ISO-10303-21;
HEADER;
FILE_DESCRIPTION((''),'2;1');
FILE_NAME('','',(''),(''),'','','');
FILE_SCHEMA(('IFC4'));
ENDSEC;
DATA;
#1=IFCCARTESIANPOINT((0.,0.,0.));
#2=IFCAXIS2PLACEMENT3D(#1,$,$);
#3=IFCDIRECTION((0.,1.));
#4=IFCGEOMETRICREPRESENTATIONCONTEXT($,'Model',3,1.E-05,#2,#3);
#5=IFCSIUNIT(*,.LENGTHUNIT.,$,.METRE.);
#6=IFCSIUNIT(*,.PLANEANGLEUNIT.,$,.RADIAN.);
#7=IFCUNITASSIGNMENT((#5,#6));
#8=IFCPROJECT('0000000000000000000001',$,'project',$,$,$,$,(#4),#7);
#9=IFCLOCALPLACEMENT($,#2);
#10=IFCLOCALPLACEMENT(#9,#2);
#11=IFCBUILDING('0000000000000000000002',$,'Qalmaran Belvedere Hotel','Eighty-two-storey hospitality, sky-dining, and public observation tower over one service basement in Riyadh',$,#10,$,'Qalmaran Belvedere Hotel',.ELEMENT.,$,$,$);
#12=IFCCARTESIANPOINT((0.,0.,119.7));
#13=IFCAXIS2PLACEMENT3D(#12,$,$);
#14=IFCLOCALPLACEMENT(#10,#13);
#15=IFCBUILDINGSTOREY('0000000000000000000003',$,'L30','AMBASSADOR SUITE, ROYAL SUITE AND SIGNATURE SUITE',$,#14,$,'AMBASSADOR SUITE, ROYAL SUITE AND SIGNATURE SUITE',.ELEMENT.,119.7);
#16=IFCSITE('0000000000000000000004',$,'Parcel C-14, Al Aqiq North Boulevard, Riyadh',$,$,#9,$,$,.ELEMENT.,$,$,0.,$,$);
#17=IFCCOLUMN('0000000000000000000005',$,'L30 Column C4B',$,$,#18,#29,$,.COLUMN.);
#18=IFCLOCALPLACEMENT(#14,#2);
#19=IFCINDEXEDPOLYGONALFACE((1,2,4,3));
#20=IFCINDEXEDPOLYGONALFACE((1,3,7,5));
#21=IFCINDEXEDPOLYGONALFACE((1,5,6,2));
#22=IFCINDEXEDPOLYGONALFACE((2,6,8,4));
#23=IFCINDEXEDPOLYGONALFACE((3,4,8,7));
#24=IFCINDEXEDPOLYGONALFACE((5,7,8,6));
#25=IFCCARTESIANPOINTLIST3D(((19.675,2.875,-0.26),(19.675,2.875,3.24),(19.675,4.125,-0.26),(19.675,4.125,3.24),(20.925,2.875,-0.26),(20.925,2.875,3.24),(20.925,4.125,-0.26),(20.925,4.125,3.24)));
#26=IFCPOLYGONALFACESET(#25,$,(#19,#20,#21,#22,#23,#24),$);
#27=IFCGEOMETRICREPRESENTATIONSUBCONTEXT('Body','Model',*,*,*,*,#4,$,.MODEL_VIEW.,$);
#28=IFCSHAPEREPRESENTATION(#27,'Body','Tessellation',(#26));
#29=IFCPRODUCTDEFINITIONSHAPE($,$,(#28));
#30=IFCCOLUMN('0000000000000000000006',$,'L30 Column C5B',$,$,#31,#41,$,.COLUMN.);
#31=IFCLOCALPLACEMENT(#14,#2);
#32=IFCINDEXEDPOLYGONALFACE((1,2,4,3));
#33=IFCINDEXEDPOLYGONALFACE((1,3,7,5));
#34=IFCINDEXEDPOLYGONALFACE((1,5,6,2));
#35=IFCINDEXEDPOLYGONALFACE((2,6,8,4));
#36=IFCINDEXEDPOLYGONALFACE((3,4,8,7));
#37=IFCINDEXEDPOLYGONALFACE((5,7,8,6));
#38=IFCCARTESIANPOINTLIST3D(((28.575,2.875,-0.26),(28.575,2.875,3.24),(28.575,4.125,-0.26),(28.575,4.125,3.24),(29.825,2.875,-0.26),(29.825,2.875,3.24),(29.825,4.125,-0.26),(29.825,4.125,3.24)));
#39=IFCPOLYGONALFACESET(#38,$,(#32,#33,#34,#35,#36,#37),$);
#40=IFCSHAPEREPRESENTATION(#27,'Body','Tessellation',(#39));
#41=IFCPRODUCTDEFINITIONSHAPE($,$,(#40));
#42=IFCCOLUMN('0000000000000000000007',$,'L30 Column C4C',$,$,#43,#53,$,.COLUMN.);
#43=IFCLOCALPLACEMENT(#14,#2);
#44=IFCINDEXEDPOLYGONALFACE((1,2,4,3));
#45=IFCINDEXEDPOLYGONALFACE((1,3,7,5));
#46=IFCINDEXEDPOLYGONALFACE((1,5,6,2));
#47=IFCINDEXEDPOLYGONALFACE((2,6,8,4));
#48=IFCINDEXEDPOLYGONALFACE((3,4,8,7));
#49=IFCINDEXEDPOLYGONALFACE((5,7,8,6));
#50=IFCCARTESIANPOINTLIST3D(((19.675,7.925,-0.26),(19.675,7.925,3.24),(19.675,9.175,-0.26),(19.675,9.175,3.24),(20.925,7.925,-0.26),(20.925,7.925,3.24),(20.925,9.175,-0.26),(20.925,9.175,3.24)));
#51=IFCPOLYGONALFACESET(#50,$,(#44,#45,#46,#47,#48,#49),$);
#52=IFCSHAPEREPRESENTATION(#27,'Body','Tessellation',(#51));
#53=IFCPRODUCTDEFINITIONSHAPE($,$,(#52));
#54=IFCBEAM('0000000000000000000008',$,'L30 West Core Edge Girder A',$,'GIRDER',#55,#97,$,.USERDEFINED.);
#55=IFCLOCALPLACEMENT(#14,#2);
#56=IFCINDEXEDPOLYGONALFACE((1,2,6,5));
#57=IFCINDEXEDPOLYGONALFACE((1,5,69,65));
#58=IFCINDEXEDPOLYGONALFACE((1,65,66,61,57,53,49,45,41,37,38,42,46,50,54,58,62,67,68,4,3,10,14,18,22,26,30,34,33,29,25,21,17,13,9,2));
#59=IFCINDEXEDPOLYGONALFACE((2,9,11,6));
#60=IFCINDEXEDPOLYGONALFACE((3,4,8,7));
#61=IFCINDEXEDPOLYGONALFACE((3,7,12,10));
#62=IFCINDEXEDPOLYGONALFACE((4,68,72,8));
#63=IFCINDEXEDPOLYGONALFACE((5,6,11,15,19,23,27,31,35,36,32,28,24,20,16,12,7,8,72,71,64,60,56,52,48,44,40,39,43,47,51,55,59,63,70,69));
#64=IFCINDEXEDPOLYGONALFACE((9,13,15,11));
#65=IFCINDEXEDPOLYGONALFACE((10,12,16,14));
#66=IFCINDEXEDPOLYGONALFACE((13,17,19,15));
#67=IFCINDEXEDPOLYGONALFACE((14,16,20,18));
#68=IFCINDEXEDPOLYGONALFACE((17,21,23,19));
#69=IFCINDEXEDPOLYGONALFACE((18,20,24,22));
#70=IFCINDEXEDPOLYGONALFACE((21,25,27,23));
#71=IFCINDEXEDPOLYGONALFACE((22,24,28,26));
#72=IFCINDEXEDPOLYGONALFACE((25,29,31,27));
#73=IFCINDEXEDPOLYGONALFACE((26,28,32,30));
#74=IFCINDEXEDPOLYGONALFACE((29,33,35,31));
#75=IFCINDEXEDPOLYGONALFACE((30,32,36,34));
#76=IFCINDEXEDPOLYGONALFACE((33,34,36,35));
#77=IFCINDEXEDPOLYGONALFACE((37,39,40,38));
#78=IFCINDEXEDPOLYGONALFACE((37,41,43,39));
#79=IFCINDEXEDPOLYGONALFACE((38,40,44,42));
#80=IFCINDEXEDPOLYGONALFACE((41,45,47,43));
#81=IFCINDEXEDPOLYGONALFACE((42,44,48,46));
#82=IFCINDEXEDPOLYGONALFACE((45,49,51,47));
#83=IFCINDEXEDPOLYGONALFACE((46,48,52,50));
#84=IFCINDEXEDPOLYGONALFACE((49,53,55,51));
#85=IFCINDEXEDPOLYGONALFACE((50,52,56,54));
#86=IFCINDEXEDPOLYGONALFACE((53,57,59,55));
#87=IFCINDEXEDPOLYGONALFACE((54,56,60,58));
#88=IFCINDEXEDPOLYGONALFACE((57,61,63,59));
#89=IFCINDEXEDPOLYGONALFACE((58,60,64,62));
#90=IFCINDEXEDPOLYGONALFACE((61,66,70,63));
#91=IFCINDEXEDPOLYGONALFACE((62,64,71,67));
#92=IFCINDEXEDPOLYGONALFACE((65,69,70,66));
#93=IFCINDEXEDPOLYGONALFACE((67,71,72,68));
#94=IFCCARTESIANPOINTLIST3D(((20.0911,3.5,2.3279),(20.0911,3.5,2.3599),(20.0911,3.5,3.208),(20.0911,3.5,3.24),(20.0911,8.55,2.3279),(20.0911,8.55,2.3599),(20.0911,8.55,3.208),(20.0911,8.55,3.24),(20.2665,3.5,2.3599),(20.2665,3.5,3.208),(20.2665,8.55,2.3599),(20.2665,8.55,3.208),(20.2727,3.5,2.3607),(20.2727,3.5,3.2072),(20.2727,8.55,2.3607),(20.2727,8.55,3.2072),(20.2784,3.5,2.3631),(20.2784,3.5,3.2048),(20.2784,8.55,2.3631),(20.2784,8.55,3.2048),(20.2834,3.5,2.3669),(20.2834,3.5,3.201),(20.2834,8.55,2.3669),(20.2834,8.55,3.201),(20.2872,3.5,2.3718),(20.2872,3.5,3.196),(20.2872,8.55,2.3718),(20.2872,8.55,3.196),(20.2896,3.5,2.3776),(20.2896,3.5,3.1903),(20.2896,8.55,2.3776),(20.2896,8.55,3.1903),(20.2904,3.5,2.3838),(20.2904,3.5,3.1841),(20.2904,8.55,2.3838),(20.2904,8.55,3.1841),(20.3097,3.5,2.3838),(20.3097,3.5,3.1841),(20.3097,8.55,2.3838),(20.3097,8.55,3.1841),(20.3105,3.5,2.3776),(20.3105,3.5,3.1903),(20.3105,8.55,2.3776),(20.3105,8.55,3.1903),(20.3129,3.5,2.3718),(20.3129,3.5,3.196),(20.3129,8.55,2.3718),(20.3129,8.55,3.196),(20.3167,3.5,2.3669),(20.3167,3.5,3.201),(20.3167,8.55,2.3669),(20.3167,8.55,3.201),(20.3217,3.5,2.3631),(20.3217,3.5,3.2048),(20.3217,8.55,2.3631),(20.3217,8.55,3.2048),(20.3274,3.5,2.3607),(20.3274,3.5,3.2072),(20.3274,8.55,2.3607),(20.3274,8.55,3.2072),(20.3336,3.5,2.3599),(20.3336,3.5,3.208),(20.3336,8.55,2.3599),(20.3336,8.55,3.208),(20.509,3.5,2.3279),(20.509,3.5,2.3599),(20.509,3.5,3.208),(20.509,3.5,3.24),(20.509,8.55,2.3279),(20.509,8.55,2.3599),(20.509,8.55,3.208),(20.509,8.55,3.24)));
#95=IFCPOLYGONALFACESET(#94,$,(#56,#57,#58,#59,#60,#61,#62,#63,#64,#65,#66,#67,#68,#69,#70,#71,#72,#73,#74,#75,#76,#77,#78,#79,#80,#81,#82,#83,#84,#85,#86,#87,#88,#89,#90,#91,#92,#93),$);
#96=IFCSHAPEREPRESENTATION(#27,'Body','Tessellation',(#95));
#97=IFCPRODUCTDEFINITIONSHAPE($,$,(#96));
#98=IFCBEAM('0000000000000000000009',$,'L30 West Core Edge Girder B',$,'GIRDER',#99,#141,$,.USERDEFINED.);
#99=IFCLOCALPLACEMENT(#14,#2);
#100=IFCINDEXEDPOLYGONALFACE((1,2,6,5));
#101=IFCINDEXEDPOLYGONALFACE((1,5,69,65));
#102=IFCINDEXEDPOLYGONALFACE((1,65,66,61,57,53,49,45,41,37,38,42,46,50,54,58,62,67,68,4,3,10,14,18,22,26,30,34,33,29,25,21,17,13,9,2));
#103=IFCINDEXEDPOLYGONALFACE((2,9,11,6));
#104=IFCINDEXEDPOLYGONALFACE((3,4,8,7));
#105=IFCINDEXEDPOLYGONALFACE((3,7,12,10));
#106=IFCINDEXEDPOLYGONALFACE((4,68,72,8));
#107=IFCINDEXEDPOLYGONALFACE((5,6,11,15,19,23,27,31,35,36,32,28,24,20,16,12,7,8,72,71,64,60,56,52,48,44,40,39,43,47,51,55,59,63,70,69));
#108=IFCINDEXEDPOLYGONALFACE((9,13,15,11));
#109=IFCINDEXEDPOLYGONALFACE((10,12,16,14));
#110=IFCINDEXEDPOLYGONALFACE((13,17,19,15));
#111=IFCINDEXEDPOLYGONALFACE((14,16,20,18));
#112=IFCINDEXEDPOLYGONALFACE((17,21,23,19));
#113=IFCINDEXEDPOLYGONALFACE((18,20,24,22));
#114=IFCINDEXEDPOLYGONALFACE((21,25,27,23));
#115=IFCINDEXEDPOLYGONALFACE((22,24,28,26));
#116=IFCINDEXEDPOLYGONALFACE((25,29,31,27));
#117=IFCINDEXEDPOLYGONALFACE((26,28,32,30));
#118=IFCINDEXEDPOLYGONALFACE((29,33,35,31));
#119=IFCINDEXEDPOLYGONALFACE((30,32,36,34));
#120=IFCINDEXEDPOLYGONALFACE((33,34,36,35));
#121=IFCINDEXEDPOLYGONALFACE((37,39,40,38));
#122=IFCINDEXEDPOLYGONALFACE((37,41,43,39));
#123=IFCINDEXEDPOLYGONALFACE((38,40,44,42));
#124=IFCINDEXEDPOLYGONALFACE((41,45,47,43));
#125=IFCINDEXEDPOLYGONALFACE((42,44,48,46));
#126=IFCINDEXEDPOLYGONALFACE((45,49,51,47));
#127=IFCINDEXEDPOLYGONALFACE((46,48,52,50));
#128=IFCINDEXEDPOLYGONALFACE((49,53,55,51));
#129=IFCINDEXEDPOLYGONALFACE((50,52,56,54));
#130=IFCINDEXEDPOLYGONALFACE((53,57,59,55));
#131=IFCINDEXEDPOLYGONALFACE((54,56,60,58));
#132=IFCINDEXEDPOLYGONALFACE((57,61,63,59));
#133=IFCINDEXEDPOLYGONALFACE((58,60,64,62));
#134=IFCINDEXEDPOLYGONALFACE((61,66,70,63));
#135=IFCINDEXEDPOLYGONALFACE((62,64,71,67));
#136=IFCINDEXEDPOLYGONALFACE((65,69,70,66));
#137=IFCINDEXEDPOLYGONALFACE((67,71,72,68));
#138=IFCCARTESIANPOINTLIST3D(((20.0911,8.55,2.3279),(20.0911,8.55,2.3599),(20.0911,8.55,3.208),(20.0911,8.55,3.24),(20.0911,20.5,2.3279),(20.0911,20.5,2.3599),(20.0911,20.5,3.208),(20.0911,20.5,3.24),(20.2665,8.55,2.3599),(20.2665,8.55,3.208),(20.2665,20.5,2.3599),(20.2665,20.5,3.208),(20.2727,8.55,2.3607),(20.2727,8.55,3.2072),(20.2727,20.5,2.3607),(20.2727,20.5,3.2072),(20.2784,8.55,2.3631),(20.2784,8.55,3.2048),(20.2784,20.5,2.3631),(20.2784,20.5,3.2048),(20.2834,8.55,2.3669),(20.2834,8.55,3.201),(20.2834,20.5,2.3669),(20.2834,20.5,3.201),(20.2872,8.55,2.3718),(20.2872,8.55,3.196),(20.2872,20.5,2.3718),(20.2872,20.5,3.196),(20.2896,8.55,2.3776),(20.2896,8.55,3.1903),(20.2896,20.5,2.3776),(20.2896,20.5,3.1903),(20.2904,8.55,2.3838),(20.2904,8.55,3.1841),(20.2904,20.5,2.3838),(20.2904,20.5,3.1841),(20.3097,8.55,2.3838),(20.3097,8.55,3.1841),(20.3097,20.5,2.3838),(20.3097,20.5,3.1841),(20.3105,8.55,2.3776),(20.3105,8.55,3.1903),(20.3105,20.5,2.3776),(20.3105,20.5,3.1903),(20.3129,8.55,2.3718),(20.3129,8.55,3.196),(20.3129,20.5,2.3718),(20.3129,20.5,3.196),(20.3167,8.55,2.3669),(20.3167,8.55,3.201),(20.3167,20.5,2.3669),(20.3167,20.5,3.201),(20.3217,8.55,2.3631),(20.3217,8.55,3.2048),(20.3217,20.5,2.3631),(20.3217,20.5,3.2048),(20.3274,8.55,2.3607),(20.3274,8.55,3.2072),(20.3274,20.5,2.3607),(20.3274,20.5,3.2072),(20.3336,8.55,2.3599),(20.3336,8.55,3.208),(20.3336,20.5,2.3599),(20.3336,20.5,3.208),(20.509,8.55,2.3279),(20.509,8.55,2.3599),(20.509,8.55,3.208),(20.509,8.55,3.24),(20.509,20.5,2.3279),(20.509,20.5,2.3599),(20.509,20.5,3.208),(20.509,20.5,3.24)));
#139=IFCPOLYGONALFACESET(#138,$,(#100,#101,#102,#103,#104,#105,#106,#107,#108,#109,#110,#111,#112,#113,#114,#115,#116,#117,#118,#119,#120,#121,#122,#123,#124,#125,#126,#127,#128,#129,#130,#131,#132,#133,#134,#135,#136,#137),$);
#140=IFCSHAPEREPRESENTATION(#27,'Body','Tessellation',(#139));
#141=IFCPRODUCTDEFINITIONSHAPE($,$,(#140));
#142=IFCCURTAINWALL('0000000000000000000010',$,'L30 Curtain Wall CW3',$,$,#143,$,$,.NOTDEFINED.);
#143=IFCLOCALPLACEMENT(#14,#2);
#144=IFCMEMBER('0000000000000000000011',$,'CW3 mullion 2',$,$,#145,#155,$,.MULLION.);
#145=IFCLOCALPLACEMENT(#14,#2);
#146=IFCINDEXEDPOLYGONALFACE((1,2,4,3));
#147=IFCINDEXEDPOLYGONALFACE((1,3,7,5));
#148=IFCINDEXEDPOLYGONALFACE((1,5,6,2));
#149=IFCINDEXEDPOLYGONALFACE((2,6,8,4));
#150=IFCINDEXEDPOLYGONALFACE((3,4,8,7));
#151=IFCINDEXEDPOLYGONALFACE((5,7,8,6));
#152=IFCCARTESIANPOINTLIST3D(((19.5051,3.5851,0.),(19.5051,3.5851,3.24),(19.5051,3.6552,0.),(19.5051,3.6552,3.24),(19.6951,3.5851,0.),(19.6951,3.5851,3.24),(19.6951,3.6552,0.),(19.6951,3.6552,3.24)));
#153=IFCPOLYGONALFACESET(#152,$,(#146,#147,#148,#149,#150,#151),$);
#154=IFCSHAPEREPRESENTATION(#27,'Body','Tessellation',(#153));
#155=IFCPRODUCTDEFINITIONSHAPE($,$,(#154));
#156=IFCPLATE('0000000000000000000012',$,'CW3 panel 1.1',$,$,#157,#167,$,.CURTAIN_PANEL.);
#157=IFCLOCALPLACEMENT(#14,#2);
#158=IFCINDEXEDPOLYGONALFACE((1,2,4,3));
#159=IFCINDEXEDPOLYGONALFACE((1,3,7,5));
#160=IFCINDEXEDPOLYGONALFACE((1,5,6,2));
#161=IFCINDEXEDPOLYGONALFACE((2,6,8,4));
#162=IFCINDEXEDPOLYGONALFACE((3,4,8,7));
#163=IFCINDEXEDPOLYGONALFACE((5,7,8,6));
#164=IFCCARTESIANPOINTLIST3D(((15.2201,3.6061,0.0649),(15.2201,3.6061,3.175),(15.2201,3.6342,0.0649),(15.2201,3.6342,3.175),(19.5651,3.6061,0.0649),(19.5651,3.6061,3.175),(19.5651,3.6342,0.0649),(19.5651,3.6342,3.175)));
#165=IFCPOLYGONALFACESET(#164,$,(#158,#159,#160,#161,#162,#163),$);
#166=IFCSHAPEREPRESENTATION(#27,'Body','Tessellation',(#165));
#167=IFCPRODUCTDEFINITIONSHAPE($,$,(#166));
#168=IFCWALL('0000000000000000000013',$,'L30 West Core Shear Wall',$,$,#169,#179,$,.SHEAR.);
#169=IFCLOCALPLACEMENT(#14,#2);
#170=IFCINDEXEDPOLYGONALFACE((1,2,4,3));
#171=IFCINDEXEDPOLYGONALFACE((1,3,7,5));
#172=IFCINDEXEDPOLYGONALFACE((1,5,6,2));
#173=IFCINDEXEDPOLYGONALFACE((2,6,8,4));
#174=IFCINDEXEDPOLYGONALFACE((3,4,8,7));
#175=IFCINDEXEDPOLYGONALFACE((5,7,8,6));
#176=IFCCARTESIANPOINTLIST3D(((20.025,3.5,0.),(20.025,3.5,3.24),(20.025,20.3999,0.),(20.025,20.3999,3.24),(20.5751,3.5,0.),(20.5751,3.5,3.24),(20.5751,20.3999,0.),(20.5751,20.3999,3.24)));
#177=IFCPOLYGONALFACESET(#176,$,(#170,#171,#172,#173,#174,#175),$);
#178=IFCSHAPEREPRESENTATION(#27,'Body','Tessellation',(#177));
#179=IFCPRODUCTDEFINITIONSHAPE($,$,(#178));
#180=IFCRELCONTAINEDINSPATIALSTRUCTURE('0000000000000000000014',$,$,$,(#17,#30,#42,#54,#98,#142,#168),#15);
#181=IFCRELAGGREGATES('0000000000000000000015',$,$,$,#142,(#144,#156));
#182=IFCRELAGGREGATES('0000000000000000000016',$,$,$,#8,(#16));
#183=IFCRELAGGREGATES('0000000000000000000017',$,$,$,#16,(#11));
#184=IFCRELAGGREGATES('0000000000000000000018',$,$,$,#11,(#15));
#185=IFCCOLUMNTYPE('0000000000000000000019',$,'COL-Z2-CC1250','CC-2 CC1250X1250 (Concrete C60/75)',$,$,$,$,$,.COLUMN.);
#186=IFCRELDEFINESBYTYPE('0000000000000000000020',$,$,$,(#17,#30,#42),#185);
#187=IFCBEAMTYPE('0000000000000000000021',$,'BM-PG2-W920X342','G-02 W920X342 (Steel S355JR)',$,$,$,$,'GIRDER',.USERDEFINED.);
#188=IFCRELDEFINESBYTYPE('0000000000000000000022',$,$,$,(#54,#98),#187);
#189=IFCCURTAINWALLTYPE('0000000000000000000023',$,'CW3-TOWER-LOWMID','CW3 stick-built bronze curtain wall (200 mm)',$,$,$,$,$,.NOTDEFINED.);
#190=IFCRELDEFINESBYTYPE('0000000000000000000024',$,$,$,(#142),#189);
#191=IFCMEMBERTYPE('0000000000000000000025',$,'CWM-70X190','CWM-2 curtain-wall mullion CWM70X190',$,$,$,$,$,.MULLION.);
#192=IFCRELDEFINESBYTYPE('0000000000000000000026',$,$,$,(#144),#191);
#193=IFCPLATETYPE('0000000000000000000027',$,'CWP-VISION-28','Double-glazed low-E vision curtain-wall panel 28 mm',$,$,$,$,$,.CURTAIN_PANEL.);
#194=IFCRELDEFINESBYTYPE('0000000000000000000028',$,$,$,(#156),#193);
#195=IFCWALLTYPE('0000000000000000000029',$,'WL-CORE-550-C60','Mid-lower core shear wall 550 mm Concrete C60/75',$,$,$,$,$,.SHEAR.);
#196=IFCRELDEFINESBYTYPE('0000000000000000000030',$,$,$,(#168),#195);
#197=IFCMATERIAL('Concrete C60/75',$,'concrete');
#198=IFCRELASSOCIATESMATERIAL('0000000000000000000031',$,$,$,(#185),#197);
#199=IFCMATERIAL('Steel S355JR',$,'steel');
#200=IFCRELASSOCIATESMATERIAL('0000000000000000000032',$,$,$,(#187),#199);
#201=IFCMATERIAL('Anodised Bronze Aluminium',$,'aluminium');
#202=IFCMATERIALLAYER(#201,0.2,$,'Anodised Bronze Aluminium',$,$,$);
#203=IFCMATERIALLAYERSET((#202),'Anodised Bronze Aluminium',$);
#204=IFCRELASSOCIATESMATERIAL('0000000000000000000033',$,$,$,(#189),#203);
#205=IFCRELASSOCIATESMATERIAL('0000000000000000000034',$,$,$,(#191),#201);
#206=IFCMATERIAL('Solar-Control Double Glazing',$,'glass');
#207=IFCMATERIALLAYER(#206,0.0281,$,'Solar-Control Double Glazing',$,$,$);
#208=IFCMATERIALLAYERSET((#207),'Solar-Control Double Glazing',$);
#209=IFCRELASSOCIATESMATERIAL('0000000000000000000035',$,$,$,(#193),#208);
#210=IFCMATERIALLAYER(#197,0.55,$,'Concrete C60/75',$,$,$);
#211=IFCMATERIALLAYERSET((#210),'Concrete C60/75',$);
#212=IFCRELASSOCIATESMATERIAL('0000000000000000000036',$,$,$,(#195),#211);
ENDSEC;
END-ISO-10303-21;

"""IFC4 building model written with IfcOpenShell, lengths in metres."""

from ifc_helpers import new_model, si_unit, direction, frame, frame_2d, origin, origin_2d, place, context, subcontext, project, spatial, rectangle, i_section, extrude, material, layer, layer_set, material_profile, profile_set, type_object, element, aggregate, save


model = new_model("IFC4")

# Units and contexts
model_context = context("Model", 3, precision=1e-05, world=origin(), true_north=direction((0.0, 1.0)))
body_context = subcontext(model_context, "Body", "Model", "MODEL_VIEW")
ifc_project = project(units=[si_unit("LENGTHUNIT", "METRE"), si_unit("PLANEANGLEUNIT", "RADIAN")], contexts=[model_context])

# Site, building, storey
site_placement = place(None, origin())
site = spatial("IfcSite", under=ifc_project, at=site_placement, Name="Parcel C-14, Al Aqiq North Boulevard, Riyadh", CompositionType="ELEMENT", RefElevation=0.0)
building_placement = place(site_placement, origin())
building = spatial("IfcBuilding", under=site, at=building_placement, Name="Qalmaran Belvedere Hotel", Description="Eighty-two-storey hospitality, sky-dining, and public observation tower over one service basement in Riyadh", LongName="Qalmaran Belvedere Hotel", CompositionType="ELEMENT")
storey_placement = place(building_placement, frame((0.0, 0.0, 119.7)))
storey = spatial("IfcBuildingStorey", under=building, at=storey_placement, Name="L30", Description="AMBASSADOR SUITE, ROYAL SUITE AND SIGNATURE SUITE", LongName="AMBASSADOR SUITE, ROYAL SUITE AND SIGNATURE SUITE", CompositionType="ELEMENT", Elevation=119.7)

# Columns
ifc_material_1 = material(Name="Concrete C60/75", Category="concrete")
ifc_material_profile_1 = material_profile(ifc_material_1, rectangle(XDim=1.25, YDim=1.25, at=origin_2d()), Name="CC1250X1250")
ifc_profile_set_1 = profile_set([ifc_material_profile_1], Name="Concrete C60/75")
column_type = type_object("IfcColumnType", Name="COL-Z2-CC1250", Description="CC-2 CC1250X1250 (Concrete C60/75)", PredefinedType="COLUMN", material=ifc_profile_set_1)
for number, where, z_axis, x_axis, name in (
    (1, (20.3, 3.5, -0.26), (0.0, 0.0, 1.0), (1.0, 0.0, 0.0), "L30 Column C4B"),
    (2, (29.2, 3.5, -0.26), (0.0, 0.0, 1.0), (1.0, 0.0, 0.0), "L30 Column C5B"),
    (3, (20.3, 8.55, -0.26), (0.0, 0.0, 1.0), (1.0, 0.0, 0.0), "L30 Column C4C"),
):
    element("IfcColumn", number, at=place(storey_placement, frame(where, z_axis=z_axis, x_axis=x_axis)), inside=storey, type_object=column_type, Name=name, PredefinedType="COLUMN", context=body_context, shape_type="SweptSolid", body=[
        extrude(rectangle(XDim=1.25, YDim=1.25, at=origin_2d()), origin(), (0.0, 0.0, 1.0), 3.5),
    ])

# Beams
ifc_material_2 = material(Name="Steel S355JR", Category="steel")
ifc_material_profile_2 = material_profile(ifc_material_2, i_section(OverallWidth=0.418, OverallDepth=0.9121, WebThickness=0.0193, FlangeThickness=0.032, FilletRadius=0.0239, at=origin_2d()), Name="W920X342")
ifc_profile_set_2 = profile_set([ifc_material_profile_2], Name="Steel S355JR")
beam_type = type_object("IfcBeamType", Name="BM-PG2-W920X342", Description="G-02 W920X342 (Steel S355JR)", ElementType="GIRDER", PredefinedType="USERDEFINED", material=ifc_profile_set_2)
beam_1_placement = place(storey_placement, frame((20.3, 3.5, 2.7839), z_axis=(0.0, 1.0, 0.0), x_axis=(-1.0, 0.0, 0.0)))
element("IfcBeam", 4, at=beam_1_placement, inside=storey, type_object=beam_type, Name="L30 West Core Edge Girder A", ObjectType="GIRDER", PredefinedType="USERDEFINED", context=body_context, shape_type="SweptSolid", body=[
    extrude(i_section(OverallWidth=0.418, OverallDepth=0.9121, WebThickness=0.0193, FlangeThickness=0.032, FilletRadius=0.0239, at=origin_2d()), origin(), (0.0, 0.0, 1.0), 5.05),
])
beam_2_placement = place(storey_placement, frame((20.3, 8.55, 2.7839), z_axis=(0.0, 1.0, 0.0), x_axis=(-1.0, 0.0, 0.0)))
element("IfcBeam", 5, at=beam_2_placement, inside=storey, type_object=beam_type, Name="L30 West Core Edge Girder B", ObjectType="GIRDER", PredefinedType="USERDEFINED", context=body_context, shape_type="SweptSolid", body=[
    extrude(i_section(OverallWidth=0.418, OverallDepth=0.9121, WebThickness=0.0193, FlangeThickness=0.032, FilletRadius=0.0239, at=origin_2d()), origin(), (0.0, 0.0, 1.0), 11.95),
])

# Curtain wall, member, plate
ifc_material_3 = material(Name="Anodised Bronze Aluminium", Category="aluminium")
ifc_layer_1 = layer(ifc_material_3, 0.2, Name="Anodised Bronze Aluminium")
ifc_layer_set_1 = layer_set([ifc_layer_1], Name="Anodised Bronze Aluminium")
curtain_wall_type = type_object("IfcCurtainWallType", Name="CW3-TOWER-LOWMID", Description="CW3 stick-built bronze curtain wall (200 mm)", PredefinedType="NOTDEFINED", material=ifc_layer_set_1)
curtain_wall_placement = place(storey_placement, origin())
curtain_wall = element("IfcCurtainWall", 6, at=curtain_wall_placement, inside=storey, type_object=curtain_wall_type, Name="L30 Curtain Wall CW3", PredefinedType="NOTDEFINED")
ifc_material_profile_3 = material_profile(ifc_material_3, rectangle(XDim=0.0701, YDim=0.1899, at=origin_2d()), Name="CWM70X190")
ifc_profile_set_3 = profile_set([ifc_material_profile_3], Name="Anodised Bronze Aluminium")
member_type = type_object("IfcMemberType", Name="CWM-70X190", Description="CWM-2 curtain-wall mullion CWM70X190", PredefinedType="MULLION", material=ifc_profile_set_3)
member_placement = place(storey_placement, frame((19.6001, 3.6201, 0.0), z_axis=(0.0, 0.0, 1.0), x_axis=(0.0, 1.0, 0.0)))
member = element("IfcMember", 7, at=member_placement, type_object=member_type, Name="CW3 mullion 2", PredefinedType="MULLION", context=body_context, shape_type="SweptSolid", body=[
    extrude(rectangle(XDim=0.0701, YDim=0.1899, at=origin_2d()), origin(), (0.0, 0.0, 1.0), 3.24),
])
ifc_material_4 = material(Name="Solar-Control Double Glazing", Category="glass")
ifc_layer_2 = layer(ifc_material_4, 0.0281, Name="Solar-Control Double Glazing")
ifc_layer_set_2 = layer_set([ifc_layer_2], Name="Solar-Control Double Glazing")
plate_type = type_object("IfcPlateType", Name="CWP-VISION-28", Description="Double-glazed low-E vision curtain-wall panel 28 mm", PredefinedType="CURTAIN_PANEL", material=ifc_layer_set_2)
plate_placement = place(storey_placement, frame((17.3926, 3.6201, 0.0649), z_axis=(0.0, 0.0, 1.0), x_axis=(1.0, 0.0, 0.0)))
plate = element("IfcPlate", 8, at=plate_placement, type_object=plate_type, Name="CW3 panel 1.1", PredefinedType="CURTAIN_PANEL", context=body_context, shape_type="SweptSolid", body=[
    extrude(rectangle(XDim=4.345, YDim=0.0281, at=origin_2d()), origin(), (0.0, 0.0, 1.0), 3.1101),
])
aggregate(curtain_wall, [member, plate])

# Wall
ifc_layer_3 = layer(ifc_material_1, 0.55, Name="Concrete C60/75")
ifc_layer_set_3 = layer_set([ifc_layer_3], Name="Concrete C60/75")
wall_type_1 = type_object("IfcWallType", Name="WL-CORE-550-C60", Description="Mid-lower core shear wall 550 mm Concrete C60/75", PredefinedType="SHEAR", material=ifc_layer_set_3)
wall_1_placement = place(storey_placement, frame((20.3, 3.5, 0.0), z_axis=(0.0, 0.0, 1.0), x_axis=(0.0, 1.0, 0.0)))
element("IfcWall", 9, at=wall_1_placement, inside=storey, type_object=wall_type_1, Name="L30 West Core Shear Wall", PredefinedType="SHEAR", context=body_context, shape_type="SweptSolid", body=[
    extrude(rectangle(XDim=16.8999, YDim=0.55, at=frame_2d((8.45, 0.0))), origin(), (0.0, 0.0, 1.0), 3.24),
])

save(model, "model.ifc")
